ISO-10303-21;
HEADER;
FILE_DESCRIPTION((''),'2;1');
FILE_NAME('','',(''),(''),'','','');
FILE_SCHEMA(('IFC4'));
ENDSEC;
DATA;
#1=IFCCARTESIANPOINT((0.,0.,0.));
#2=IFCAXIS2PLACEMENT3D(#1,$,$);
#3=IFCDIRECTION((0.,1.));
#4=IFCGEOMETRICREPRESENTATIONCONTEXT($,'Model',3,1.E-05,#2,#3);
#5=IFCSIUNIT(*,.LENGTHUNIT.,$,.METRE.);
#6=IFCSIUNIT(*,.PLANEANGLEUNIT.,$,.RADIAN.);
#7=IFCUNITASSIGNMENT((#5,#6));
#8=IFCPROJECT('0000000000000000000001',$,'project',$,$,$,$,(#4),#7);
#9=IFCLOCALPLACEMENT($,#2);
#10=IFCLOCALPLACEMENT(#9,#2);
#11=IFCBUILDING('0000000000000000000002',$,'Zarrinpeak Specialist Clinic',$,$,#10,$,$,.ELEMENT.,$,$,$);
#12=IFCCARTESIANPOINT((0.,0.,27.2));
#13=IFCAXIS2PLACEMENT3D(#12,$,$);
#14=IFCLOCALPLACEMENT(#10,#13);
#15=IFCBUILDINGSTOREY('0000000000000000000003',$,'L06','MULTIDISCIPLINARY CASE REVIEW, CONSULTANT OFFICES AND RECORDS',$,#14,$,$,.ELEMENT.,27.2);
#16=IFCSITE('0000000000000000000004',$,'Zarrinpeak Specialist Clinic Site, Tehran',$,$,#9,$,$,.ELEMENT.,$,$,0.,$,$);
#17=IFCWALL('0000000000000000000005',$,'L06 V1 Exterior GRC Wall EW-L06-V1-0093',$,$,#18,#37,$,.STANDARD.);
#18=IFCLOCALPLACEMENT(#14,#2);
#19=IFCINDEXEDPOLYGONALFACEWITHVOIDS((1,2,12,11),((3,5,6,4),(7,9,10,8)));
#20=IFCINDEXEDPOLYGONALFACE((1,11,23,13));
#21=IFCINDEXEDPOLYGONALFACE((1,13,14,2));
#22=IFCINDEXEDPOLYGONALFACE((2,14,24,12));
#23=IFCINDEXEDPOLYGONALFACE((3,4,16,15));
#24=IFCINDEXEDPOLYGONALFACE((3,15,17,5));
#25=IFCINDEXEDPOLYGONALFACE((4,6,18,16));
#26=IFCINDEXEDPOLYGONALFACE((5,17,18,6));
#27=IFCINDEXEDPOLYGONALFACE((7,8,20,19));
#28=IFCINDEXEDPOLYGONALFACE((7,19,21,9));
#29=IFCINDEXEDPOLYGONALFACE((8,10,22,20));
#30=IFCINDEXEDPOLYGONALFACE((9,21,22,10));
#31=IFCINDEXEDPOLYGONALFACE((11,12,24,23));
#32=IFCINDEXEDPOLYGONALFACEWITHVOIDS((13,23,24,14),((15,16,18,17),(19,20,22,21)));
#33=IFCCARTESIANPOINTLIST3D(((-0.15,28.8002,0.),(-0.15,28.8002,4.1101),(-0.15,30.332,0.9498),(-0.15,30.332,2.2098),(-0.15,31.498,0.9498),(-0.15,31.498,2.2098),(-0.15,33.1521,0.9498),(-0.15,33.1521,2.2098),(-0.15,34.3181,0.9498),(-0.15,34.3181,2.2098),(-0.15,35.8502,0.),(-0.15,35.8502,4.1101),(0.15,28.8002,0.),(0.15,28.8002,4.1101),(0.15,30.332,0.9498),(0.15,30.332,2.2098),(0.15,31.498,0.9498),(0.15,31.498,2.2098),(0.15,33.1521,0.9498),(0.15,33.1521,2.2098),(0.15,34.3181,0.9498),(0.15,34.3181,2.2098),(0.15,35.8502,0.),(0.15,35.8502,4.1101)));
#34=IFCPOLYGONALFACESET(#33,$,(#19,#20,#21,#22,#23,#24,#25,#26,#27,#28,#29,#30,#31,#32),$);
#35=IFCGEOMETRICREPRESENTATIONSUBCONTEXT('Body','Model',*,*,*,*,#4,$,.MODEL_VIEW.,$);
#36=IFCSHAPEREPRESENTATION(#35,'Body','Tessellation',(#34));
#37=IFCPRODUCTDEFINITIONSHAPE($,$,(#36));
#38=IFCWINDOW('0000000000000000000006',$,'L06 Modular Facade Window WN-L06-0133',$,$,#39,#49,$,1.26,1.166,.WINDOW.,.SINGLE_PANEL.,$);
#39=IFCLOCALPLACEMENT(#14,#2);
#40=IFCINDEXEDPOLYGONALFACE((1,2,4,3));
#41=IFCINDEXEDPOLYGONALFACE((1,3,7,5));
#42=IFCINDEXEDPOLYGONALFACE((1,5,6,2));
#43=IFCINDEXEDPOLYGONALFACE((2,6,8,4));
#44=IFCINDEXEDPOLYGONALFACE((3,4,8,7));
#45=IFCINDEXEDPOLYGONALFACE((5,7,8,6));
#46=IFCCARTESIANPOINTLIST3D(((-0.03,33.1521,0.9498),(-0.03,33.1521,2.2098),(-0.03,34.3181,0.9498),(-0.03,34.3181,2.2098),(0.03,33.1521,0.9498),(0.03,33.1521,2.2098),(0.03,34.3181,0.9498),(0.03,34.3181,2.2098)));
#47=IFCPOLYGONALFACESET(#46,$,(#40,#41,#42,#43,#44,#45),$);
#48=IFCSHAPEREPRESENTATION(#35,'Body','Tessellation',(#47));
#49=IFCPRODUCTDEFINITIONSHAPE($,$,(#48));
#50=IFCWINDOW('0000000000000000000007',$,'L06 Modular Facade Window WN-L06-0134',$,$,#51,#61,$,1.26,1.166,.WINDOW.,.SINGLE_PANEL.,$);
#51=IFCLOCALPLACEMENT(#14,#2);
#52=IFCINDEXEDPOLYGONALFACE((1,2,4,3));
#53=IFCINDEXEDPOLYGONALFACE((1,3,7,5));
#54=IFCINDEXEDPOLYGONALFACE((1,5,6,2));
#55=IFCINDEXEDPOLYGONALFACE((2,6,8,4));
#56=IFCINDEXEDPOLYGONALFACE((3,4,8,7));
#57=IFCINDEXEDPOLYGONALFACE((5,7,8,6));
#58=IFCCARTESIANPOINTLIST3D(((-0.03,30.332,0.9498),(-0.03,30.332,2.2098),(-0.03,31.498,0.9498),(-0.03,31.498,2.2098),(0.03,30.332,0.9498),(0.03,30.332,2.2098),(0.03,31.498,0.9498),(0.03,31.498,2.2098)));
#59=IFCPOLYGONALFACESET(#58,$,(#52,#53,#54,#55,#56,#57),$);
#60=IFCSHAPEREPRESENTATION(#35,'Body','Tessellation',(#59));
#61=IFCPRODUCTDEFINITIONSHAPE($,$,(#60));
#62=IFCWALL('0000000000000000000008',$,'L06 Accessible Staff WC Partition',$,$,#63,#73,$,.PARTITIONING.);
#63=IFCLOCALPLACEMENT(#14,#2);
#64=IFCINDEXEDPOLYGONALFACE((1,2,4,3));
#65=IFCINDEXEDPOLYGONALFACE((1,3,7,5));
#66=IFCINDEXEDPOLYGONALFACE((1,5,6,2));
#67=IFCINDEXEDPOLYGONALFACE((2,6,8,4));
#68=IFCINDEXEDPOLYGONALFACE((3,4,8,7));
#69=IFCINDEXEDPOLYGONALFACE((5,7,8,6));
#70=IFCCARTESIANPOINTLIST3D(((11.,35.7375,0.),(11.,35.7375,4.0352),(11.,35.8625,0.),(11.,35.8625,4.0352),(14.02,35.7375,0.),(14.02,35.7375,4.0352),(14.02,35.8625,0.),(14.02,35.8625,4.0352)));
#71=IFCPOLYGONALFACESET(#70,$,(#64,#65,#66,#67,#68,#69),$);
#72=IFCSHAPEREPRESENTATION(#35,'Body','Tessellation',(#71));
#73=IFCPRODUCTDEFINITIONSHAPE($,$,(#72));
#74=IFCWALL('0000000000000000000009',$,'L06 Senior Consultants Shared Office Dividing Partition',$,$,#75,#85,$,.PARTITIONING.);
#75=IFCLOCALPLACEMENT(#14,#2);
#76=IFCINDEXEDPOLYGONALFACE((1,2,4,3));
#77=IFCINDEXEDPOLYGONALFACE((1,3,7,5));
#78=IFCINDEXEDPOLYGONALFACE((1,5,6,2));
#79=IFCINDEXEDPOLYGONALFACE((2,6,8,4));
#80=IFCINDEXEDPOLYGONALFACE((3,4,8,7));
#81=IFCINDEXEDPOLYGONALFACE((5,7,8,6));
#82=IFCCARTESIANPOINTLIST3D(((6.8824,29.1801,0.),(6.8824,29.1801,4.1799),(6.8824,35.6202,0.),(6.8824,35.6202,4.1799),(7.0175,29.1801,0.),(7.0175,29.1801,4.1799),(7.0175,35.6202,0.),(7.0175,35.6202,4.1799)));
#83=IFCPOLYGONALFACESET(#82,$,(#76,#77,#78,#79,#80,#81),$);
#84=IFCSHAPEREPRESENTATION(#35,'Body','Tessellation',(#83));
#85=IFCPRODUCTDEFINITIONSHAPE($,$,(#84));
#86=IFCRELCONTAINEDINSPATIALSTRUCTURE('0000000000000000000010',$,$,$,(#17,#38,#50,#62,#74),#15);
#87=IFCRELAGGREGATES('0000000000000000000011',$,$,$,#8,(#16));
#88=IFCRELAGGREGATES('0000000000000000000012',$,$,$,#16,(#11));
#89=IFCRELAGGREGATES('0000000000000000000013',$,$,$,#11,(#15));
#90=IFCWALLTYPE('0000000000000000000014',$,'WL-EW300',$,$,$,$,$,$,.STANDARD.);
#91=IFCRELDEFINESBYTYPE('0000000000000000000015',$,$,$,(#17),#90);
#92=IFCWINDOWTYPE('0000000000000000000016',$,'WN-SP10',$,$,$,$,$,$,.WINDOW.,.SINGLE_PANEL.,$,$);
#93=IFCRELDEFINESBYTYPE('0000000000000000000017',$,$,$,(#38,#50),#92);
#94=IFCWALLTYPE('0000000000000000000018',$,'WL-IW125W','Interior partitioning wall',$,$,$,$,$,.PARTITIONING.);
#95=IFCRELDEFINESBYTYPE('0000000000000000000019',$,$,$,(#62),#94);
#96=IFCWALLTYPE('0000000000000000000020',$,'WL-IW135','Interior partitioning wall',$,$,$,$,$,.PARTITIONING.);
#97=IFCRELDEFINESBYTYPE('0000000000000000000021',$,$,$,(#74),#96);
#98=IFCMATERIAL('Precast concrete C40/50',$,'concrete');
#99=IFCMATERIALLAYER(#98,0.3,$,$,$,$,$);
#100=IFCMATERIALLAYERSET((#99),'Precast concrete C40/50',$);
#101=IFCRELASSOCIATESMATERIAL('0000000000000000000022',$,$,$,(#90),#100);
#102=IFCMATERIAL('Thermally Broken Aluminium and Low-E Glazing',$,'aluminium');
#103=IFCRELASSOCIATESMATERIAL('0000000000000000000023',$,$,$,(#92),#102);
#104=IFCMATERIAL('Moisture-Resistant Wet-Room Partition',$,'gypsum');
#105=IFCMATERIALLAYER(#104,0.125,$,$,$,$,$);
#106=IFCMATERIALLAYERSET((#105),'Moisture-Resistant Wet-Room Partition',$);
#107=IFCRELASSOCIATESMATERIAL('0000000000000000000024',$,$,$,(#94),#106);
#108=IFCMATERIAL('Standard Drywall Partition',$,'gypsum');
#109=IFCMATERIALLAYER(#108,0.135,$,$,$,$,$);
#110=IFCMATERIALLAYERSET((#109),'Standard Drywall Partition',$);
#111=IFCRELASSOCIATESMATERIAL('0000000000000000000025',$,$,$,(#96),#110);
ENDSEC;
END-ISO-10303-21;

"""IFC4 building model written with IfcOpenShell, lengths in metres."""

from ifc_helpers import new_model, si_unit, direction, frame, frame_2d, origin, place, context, subcontext, project, spatial, rectangle, extrude, material, layer, layer_set, type_object, element, fill, save


model = new_model("IFC4")

# Units and contexts
model_context = context("Model", 3, precision=1e-05, world=origin(), true_north=direction((0.0, 1.0)))
body_context = subcontext(model_context, "Body", "Model", "MODEL_VIEW")
ifc_project = project(units=[si_unit("LENGTHUNIT", "METRE"), si_unit("PLANEANGLEUNIT", "RADIAN")], contexts=[model_context])

# Site, building, storey
site_placement = place(None, origin())
site = spatial("IfcSite", under=ifc_project, at=site_placement, Name="Zarrinpeak Specialist Clinic Site, Tehran", CompositionType="ELEMENT", RefElevation=0.0)
building_placement = place(site_placement, origin())
building = spatial("IfcBuilding", under=site, at=building_placement, Name="Zarrinpeak Specialist Clinic", CompositionType="ELEMENT")
storey_placement = place(building_placement, frame((0.0, 0.0, 27.2)))
storey = spatial("IfcBuildingStorey", under=building, at=storey_placement, Name="L06", Description="MULTIDISCIPLINARY CASE REVIEW, CONSULTANT OFFICES AND RECORDS", CompositionType="ELEMENT", Elevation=27.2)

# Shared definitions
ifc_material_1 = material(Name="Precast concrete C40/50", Category="concrete")
ifc_layer_1 = layer(ifc_material_1, 0.3)
ifc_layer_set_1 = layer_set([ifc_layer_1], Name="Precast concrete C40/50")
wall_type_1 = type_object("IfcWallType", Name="WL-EW300", PredefinedType="STANDARD", material=ifc_layer_set_1)

# Wall, openings, windows
ifc_material_2 = material(Name="Thermally Broken Aluminium and Low-E Glazing", Category="aluminium")
wall_1_placement = place(storey_placement, frame((0.0, 35.8501, 0.0), z_axis=(0.0, 0.0, 1.0), x_axis=(0.0, -1.0, 0.0)))
wall_1 = element("IfcWall", 1, at=wall_1_placement, inside=storey, type_object=wall_type_1, Name="L06 V1 Exterior GRC Wall EW-L06-V1-0093", PredefinedType="STANDARD", context=body_context, shape_type="SweptSolid", body=[
    extrude(rectangle(XDim=7.05, YDim=0.3, at=frame_2d((3.5249, 0.0))), origin(), (0.0, 0.0, 1.0), 4.1101),
])
opening_1_placement = place(wall_1_placement, frame((1.532, 0.0, 0.95)))
opening_1 = element("IfcOpeningElement", 2, at=opening_1_placement, cuts=wall_1, PredefinedType="OPENING", context=body_context, shape_type="SweptSolid", body=[
    extrude(rectangle(XDim=1.166, YDim=1.26, at=frame_2d((0.583, 0.6299))), frame((0.0, 0.1602, 0.0), z_axis=(0.0, -1.0, 0.0), x_axis=(1.0, 0.0, 0.0)), (0.0, 0.0, 1.0), 0.3201),
])
opening_2_placement = place(wall_1_placement, frame((4.3521, 0.0, 0.95)))
opening_2 = element("IfcOpeningElement", 3, at=opening_2_placement, cuts=wall_1, PredefinedType="OPENING", context=body_context, shape_type="SweptSolid", body=[
    extrude(rectangle(XDim=1.166, YDim=1.26, at=frame_2d((0.583, 0.6299))), frame((0.0, 0.1602, 0.0), z_axis=(0.0, -1.0, 0.0), x_axis=(1.0, 0.0, 0.0)), (0.0, 0.0, 1.0), 0.3201),
])
window_type_1 = type_object("IfcWindowType", Name="WN-SP10", PartitioningType="SINGLE_PANEL", PredefinedType="WINDOW", material=ifc_material_2)
window_1_placement = place(opening_1_placement, origin())
window_1 = element("IfcWindow", 4, at=window_1_placement, inside=storey, type_object=window_type_1, Name="L06 Modular Facade Window WN-L06-0133", OverallHeight=1.26, OverallWidth=1.166, PartitioningType="SINGLE_PANEL", PredefinedType="WINDOW", context=body_context, shape_type="SweptSolid", body=[
    extrude(rectangle(XDim=1.166, YDim=1.26, at=frame_2d((0.583, 0.6299))), frame((0.0, 0.03, 0.0), z_axis=(0.0, -1.0, 0.0), x_axis=(1.0, 0.0, 0.0)), (0.0, 0.0, 1.0), 0.0601),
])
fill(opening_1, window_1)
window_2_placement = place(opening_2_placement, origin())
window_2 = element("IfcWindow", 5, at=window_2_placement, inside=storey, type_object=window_type_1, Name="L06 Modular Facade Window WN-L06-0134", OverallHeight=1.26, OverallWidth=1.166, PartitioningType="SINGLE_PANEL", PredefinedType="WINDOW", context=body_context, shape_type="SweptSolid", body=[
    extrude(rectangle(XDim=1.166, YDim=1.26, at=frame_2d((0.583, 0.6299))), frame((0.0, 0.03, 0.0), z_axis=(0.0, -1.0, 0.0), x_axis=(1.0, 0.0, 0.0)), (0.0, 0.0, 1.0), 0.0601),
])
fill(opening_2, window_2)

# Walls
ifc_material_3 = material(Name="Moisture-Resistant Wet-Room Partition", Category="gypsum")
ifc_layer_2 = layer(ifc_material_3, 0.125)
ifc_layer_set_2 = layer_set([ifc_layer_2], Name="Moisture-Resistant Wet-Room Partition")
wall_type_2 = type_object("IfcWallType", Name="WL-IW125W", Description="Interior partitioning wall", PredefinedType="PARTITIONING", material=ifc_layer_set_2)
wall_2_placement = place(storey_placement, frame((11.0, 35.8, 0.0), z_axis=(0.0, 0.0, 1.0), x_axis=(1.0, 0.0, 0.0)))
element("IfcWall", 6, at=wall_2_placement, inside=storey, type_object=wall_type_2, Name="L06 Accessible Staff WC Partition", PredefinedType="PARTITIONING", context=body_context, shape_type="SweptSolid", body=[
    extrude(rectangle(XDim=3.02, YDim=0.125, at=frame_2d((1.51, 0.0))), origin(), (0.0, 0.0, 1.0), 4.0352),
])
ifc_material_4 = material(Name="Standard Drywall Partition", Category="gypsum")
ifc_layer_3 = layer(ifc_material_4, 0.135)
ifc_layer_set_3 = layer_set([ifc_layer_3], Name="Standard Drywall Partition")
wall_type_3 = type_object("IfcWallType", Name="WL-IW135", Description="Interior partitioning wall", PredefinedType="PARTITIONING", material=ifc_layer_set_3)
wall_3_placement = place(storey_placement, frame((6.95, 29.1799, 0.0), z_axis=(0.0, 0.0, 1.0), x_axis=(0.0, 1.0, 0.0)))
element("IfcWall", 7, at=wall_3_placement, inside=storey, type_object=wall_type_3, Name="L06 Senior Consultants Shared Office Dividing Partition", PredefinedType="PARTITIONING", context=body_context, shape_type="SweptSolid", body=[
    extrude(rectangle(XDim=6.4402, YDim=0.135, at=frame_2d((3.2202, 0.0))), origin(), (0.0, 0.0, 1.0), 4.1799),
])

save(model, "model.ifc")
